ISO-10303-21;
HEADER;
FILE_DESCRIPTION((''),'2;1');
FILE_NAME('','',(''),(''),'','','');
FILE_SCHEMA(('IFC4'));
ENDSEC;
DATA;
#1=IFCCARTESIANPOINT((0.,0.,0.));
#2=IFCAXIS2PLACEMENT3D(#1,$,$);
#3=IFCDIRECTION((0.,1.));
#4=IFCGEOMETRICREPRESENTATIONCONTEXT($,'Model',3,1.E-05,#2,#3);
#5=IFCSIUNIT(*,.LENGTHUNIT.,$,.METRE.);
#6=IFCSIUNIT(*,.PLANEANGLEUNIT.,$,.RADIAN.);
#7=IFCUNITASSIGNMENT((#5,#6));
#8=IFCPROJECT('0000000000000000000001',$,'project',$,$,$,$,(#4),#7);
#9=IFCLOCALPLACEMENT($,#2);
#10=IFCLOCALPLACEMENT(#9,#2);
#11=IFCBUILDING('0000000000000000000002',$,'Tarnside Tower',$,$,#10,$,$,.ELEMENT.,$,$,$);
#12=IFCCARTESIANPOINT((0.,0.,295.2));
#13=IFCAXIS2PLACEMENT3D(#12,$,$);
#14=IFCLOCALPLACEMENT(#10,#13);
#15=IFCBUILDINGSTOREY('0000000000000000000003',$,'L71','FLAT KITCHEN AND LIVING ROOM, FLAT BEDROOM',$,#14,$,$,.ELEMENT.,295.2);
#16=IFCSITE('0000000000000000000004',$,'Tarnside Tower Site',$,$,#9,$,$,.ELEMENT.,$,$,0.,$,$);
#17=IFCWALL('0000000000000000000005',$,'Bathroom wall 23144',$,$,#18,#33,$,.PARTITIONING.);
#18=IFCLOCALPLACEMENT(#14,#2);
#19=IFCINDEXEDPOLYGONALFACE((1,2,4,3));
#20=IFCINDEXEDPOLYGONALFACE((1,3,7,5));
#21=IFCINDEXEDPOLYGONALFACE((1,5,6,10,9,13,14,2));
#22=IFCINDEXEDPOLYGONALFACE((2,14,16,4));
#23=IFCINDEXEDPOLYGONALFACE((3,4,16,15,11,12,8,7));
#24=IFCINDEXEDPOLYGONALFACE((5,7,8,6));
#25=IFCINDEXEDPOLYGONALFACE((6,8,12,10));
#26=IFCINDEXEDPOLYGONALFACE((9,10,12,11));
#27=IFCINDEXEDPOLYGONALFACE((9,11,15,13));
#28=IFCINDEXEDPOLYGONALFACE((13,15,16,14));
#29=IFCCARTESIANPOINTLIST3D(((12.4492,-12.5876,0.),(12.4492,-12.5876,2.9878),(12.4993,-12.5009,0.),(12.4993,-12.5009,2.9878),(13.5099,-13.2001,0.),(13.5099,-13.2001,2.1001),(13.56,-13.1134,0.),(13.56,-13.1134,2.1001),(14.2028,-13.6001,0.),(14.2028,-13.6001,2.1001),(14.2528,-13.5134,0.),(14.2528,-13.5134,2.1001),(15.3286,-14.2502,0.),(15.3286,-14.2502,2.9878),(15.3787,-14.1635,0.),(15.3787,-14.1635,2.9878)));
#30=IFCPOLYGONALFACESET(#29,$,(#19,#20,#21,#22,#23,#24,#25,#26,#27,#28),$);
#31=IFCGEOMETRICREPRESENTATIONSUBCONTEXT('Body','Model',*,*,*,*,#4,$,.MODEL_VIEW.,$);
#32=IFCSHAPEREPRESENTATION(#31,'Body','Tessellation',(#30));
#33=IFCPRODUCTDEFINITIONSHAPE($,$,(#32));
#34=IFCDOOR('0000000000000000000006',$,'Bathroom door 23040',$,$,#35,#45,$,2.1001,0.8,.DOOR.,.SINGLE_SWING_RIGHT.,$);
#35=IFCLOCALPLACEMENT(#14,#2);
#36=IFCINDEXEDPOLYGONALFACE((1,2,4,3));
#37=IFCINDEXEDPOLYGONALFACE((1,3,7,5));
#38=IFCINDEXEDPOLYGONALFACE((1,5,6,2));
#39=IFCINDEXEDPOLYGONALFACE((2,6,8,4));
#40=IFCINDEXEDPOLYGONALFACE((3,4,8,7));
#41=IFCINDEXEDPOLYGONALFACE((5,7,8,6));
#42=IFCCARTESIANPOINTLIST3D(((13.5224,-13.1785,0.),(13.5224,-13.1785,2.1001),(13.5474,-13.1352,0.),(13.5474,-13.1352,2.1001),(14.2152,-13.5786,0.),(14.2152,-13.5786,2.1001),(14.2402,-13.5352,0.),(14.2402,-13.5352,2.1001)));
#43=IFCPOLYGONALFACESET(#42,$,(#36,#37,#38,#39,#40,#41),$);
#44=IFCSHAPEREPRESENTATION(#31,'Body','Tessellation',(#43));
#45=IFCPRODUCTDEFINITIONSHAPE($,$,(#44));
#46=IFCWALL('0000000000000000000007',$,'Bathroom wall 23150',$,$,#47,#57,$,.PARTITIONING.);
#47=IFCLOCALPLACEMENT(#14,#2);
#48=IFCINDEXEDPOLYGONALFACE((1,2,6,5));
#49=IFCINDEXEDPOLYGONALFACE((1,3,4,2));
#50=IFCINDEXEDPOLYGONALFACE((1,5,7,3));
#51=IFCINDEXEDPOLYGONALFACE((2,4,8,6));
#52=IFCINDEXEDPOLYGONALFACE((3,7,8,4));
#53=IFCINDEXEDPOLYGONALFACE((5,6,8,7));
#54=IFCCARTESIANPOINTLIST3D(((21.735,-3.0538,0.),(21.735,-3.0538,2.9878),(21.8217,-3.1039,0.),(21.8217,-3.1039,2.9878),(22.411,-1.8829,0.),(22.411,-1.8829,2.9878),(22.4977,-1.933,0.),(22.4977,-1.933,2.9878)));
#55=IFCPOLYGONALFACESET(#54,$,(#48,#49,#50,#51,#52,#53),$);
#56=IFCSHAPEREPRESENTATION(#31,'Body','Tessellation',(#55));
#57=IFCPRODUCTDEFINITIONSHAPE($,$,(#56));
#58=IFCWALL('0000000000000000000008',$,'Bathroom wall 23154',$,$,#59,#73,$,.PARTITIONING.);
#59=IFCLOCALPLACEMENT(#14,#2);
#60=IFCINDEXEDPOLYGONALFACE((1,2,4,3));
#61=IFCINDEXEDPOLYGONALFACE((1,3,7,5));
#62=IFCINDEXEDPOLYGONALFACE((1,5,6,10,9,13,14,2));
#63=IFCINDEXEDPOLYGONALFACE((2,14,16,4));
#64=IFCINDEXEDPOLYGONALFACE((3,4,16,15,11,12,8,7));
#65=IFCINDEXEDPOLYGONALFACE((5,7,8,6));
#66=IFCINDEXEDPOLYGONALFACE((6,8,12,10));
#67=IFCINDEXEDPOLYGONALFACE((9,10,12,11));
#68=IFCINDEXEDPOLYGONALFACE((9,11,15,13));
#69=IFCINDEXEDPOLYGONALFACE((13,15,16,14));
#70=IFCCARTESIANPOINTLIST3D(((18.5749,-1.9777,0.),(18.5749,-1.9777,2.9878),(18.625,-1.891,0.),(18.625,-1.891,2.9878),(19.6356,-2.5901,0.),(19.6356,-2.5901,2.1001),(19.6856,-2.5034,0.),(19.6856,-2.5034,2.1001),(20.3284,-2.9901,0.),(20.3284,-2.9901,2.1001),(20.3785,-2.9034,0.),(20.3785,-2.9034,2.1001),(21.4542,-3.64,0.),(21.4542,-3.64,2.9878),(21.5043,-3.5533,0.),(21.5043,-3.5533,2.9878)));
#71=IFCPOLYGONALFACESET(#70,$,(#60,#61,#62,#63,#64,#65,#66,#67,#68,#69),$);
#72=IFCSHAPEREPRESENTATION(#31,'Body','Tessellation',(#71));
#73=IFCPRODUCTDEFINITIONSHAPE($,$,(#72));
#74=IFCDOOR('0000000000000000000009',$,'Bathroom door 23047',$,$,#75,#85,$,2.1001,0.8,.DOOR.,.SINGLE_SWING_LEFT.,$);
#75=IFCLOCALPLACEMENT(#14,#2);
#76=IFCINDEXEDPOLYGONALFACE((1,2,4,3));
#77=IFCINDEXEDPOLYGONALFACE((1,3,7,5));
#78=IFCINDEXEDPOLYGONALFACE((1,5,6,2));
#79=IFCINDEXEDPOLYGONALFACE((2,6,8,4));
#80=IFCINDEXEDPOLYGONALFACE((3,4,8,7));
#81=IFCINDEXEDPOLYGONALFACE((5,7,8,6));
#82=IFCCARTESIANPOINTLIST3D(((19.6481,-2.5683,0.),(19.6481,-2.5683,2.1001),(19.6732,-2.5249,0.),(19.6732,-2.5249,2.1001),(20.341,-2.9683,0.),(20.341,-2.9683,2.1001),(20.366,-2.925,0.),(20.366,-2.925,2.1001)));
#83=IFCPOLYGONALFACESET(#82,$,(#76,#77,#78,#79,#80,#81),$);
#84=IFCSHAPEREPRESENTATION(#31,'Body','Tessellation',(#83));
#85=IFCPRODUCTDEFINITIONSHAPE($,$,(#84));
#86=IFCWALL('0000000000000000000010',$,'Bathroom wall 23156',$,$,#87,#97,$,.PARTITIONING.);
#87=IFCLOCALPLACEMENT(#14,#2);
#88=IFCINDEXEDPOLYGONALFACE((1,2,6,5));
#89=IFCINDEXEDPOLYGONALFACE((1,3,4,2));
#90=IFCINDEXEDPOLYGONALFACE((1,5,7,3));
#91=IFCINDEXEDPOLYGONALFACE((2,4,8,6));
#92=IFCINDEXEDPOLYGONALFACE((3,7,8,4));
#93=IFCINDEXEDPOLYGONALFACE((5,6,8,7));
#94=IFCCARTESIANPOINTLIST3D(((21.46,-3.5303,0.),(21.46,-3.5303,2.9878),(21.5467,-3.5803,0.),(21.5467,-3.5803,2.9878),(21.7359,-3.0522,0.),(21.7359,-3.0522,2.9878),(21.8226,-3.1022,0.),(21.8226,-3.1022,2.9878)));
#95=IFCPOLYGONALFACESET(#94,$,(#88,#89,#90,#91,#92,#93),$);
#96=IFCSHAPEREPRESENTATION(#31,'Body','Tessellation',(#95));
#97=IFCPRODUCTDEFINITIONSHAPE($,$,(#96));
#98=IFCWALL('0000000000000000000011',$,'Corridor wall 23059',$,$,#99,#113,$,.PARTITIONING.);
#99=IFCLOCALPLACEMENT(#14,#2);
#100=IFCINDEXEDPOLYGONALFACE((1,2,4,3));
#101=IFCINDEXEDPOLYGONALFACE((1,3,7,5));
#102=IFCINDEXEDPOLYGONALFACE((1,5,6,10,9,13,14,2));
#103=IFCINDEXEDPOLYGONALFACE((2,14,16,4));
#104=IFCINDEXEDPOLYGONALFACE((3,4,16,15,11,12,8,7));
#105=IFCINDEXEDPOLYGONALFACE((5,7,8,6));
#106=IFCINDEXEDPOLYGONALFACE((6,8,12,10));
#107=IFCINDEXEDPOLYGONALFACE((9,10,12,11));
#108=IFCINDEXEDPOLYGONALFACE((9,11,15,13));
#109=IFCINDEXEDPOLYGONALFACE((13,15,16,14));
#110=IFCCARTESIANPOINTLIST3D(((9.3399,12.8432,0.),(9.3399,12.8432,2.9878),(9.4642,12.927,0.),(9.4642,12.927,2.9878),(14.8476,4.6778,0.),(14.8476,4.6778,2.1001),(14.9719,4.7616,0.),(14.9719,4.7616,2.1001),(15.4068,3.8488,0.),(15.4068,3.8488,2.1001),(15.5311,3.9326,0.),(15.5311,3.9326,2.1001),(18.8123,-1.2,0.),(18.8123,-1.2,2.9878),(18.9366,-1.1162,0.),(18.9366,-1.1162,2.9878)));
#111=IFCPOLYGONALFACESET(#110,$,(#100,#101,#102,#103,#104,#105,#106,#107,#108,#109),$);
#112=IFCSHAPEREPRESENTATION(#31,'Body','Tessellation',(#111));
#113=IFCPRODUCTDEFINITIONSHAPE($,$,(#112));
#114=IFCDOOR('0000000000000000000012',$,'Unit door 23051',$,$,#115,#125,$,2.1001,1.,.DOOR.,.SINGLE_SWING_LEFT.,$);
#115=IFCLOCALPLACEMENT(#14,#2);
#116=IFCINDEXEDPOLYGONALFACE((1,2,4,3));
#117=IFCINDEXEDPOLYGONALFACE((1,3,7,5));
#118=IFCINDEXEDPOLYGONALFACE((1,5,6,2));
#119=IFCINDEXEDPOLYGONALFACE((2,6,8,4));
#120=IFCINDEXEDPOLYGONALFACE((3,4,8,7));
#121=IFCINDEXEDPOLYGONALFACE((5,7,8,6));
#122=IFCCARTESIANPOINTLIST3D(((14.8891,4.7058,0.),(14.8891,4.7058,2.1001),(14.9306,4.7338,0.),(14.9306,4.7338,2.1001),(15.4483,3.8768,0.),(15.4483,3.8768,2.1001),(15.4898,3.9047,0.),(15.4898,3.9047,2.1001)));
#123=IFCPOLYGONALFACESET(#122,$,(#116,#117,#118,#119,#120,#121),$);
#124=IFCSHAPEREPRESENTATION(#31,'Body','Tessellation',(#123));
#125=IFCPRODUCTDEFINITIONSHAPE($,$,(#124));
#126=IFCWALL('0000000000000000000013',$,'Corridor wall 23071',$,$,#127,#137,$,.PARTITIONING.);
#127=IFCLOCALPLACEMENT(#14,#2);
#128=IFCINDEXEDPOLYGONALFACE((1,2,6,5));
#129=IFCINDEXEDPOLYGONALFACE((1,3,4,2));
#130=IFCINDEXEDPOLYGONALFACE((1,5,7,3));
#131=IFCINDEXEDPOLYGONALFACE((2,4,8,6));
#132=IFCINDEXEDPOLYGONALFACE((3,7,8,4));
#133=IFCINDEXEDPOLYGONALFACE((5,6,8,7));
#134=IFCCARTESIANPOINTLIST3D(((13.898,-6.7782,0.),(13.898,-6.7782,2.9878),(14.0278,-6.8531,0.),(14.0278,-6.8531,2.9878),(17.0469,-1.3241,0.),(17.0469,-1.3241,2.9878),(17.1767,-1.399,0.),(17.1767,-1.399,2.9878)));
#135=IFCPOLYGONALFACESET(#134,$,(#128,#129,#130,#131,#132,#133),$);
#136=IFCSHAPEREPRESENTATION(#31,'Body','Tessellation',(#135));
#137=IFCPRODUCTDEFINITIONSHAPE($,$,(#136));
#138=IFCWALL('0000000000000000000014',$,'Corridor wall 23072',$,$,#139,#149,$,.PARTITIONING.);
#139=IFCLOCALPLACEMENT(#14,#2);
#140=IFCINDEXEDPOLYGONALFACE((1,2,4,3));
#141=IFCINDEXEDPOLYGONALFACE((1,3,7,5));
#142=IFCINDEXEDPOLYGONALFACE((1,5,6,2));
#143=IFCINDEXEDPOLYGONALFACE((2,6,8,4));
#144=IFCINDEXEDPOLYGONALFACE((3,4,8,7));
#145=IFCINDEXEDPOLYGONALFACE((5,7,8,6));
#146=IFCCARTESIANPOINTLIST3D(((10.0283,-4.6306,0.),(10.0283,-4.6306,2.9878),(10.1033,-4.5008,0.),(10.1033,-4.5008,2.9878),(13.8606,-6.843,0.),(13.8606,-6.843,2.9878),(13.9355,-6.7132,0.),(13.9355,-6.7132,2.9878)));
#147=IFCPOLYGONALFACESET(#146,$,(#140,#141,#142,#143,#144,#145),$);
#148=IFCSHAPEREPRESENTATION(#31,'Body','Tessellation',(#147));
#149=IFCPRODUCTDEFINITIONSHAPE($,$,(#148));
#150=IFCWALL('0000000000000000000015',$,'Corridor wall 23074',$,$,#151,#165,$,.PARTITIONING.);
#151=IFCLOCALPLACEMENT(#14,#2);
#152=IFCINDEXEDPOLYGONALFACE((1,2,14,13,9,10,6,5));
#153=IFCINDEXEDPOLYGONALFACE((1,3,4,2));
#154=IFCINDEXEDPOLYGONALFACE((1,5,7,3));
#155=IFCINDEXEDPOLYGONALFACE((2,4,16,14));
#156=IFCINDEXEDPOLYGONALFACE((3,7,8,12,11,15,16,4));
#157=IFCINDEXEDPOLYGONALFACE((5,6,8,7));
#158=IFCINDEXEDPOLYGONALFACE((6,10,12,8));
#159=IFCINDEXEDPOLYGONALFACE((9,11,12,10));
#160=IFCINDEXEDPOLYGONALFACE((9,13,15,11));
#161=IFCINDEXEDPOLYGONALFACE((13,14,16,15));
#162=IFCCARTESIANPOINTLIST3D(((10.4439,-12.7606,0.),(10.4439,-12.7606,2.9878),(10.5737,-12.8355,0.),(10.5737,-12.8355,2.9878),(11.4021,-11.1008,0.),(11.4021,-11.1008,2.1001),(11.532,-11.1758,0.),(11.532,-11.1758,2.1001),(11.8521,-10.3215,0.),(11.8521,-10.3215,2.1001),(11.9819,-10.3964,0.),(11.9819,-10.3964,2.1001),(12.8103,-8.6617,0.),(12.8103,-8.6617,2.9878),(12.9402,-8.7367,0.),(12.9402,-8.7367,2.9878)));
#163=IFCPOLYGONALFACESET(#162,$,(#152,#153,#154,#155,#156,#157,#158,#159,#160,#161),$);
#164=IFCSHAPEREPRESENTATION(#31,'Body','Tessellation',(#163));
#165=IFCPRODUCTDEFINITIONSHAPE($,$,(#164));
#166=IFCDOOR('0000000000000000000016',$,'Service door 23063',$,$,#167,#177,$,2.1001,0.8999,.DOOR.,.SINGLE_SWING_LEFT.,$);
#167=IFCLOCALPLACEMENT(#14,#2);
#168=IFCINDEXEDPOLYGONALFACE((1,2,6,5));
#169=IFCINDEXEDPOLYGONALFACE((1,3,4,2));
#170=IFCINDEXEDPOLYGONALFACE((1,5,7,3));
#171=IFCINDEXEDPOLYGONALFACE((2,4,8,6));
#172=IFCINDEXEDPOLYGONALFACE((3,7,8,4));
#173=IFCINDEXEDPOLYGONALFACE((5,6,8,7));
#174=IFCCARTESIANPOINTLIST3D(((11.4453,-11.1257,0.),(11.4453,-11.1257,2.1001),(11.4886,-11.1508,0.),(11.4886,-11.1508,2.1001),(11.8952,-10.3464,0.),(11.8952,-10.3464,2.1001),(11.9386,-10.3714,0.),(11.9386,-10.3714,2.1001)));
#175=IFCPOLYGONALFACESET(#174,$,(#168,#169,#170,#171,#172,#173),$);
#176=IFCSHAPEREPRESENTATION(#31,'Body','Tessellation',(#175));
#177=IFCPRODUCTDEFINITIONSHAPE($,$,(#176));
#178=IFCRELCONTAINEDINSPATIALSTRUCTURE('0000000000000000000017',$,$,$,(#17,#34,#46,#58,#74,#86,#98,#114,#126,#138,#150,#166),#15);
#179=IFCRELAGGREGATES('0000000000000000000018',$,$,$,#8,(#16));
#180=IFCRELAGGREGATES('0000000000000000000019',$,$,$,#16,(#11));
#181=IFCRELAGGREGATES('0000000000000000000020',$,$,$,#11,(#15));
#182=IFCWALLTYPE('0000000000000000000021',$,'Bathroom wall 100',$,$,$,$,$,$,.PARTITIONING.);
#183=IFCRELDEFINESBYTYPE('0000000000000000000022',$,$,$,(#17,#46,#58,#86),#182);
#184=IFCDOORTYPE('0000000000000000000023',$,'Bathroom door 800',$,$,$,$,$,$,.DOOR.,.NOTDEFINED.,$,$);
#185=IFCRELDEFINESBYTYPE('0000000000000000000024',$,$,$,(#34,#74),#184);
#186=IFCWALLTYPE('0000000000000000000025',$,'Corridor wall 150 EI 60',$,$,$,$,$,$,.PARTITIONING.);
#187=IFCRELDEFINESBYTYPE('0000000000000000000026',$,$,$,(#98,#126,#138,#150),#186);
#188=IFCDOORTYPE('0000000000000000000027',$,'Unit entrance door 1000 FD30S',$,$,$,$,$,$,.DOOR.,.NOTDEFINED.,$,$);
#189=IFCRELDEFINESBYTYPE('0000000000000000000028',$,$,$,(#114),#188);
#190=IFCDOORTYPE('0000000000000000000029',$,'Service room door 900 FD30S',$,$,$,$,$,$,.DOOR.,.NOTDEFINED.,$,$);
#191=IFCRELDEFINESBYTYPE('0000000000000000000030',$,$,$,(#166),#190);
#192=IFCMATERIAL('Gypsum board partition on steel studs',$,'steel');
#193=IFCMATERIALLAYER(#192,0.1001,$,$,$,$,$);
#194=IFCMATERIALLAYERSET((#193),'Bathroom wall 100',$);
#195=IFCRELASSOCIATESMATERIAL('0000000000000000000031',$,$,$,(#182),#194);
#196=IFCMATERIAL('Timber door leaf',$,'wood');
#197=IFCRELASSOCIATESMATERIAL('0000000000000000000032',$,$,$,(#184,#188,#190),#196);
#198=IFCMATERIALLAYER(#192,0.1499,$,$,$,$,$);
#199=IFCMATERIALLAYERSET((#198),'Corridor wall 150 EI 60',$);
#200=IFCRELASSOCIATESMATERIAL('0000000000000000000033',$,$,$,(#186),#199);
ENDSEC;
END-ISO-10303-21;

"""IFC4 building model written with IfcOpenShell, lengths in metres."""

from ifc_helpers import new_model, si_unit, direction, frame, frame_2d, origin, place, context, subcontext, project, spatial, rectangle, extrude, material, layer, layer_set, type_object, element, fill, save


model = new_model("IFC4")

# Units and contexts
model_context = context("Model", 3, precision=1e-05, world=origin(), true_north=direction((0.0, 1.0)))
body_context = subcontext(model_context, "Body", "Model", "MODEL_VIEW")
ifc_project = project(units=[si_unit("LENGTHUNIT", "METRE"), si_unit("PLANEANGLEUNIT", "RADIAN")], contexts=[model_context])

# Site, building, storey
site_placement = place(None, origin())
site = spatial("IfcSite", under=ifc_project, at=site_placement, Name="Tarnside Tower Site", CompositionType="ELEMENT", RefElevation=0.0)
building_placement = place(site_placement, origin())
building = spatial("IfcBuilding", under=site, at=building_placement, Name="Tarnside Tower", CompositionType="ELEMENT")
storey_placement = place(building_placement, frame((0.0, 0.0, 295.2)))
storey = spatial("IfcBuildingStorey", under=building, at=storey_placement, Name="L71", Description="FLAT KITCHEN AND LIVING ROOM, FLAT BEDROOM", CompositionType="ELEMENT", Elevation=295.2)

# Wall, opening, door
ifc_material_1 = material(Name="Gypsum board partition on steel studs", Category="steel")
ifc_layer_1 = layer(ifc_material_1, 0.1001)
ifc_layer_set_1 = layer_set([ifc_layer_1], Name="Bathroom wall 100")
wall_type_1 = type_object("IfcWallType", Name="Bathroom wall 100", PredefinedType="PARTITIONING", material=ifc_layer_set_1)
wall_1_placement = place(storey_placement, frame((12.4741, -12.5442, 0.0), z_axis=(0.0, 0.0, 1.0), x_axis=(0.866002, -0.50004, 0.0)))
wall_1 = element("IfcWall", 1, at=wall_1_placement, inside=storey, type_object=wall_type_1, Name="Bathroom wall 23144", PredefinedType="PARTITIONING", context=body_context, shape_type="SweptSolid", body=[
    extrude(rectangle(XDim=3.325, YDim=0.1001, at=frame_2d((1.6626, 0.0))), origin(), (0.0, 0.0, 1.0), 2.9878),
])
opening_1_placement = place(wall_1_placement, frame((1.2251, 0.0, 0.0)))
opening_1 = element("IfcOpeningElement", 2, at=opening_1_placement, cuts=wall_1, PredefinedType="OPENING", context=body_context, shape_type="SweptSolid", body=[
    extrude(rectangle(XDim=0.8, YDim=2.1001, at=frame_2d((0.3999, 1.05))), frame((0.0, 0.0601, 0.0), z_axis=(0.0, -1.0, 0.0), x_axis=(1.0, 0.0, 0.0)), (0.0, 0.0, 1.0), 0.1201),
])
ifc_material_2 = material(Name="Timber door leaf", Category="wood")
door_type_1 = type_object("IfcDoorType", Name="Bathroom door 800", OperationType="NOTDEFINED", PredefinedType="DOOR", material=ifc_material_2)
door_1_placement = place(opening_1_placement, origin())
door_1 = element("IfcDoor", 3, at=door_1_placement, inside=storey, type_object=door_type_1, Name="Bathroom door 23040", OperationType="SINGLE_SWING_RIGHT", OverallHeight=2.1001, OverallWidth=0.8, PredefinedType="DOOR", context=body_context, shape_type="SweptSolid", body=[
    extrude(rectangle(XDim=0.8, YDim=2.1001, at=frame_2d((0.3999, 1.05))), frame((0.0, 0.0249, 0.0), z_axis=(0.0, -1.0, 0.0), x_axis=(1.0, 0.0, 0.0)), (0.0, 0.0, 1.0), 0.05),
])
fill(opening_1, door_1)

# Wall
wall_2_placement = place(storey_placement, frame((22.4543, -1.908, 0.0), z_axis=(0.0, 0.0, 1.0), x_axis=(-0.500004, -0.866023, 0.0)))
element("IfcWall", 4, at=wall_2_placement, inside=storey, type_object=wall_type_1, Name="Bathroom wall 23150", PredefinedType="PARTITIONING", context=body_context, shape_type="SweptSolid", body=[
    extrude(rectangle(XDim=1.3521, YDim=0.1001, at=frame_2d((0.676, 0.0))), origin(), (0.0, 0.0, 1.0), 2.9878),
])

# Wall, opening, door
wall_3_placement = place(storey_placement, frame((21.4792, -3.5967, 0.0), z_axis=(0.0, 0.0, 1.0), x_axis=(-0.866034, 0.499985, 0.0)))
wall_3 = element("IfcWall", 5, at=wall_3_placement, inside=storey, type_object=wall_type_1, Name="Bathroom wall 23154", PredefinedType="PARTITIONING", context=body_context, shape_type="SweptSolid", body=[
    extrude(rectangle(XDim=3.3247, YDim=0.1001, at=frame_2d((1.6624, 0.0))), origin(), (0.0, 0.0, 1.0), 2.9878),
])
opening_2_placement = place(wall_3_placement, frame((1.3, 0.0, 0.0)))
opening_2 = element("IfcOpeningElement", 6, at=opening_2_placement, cuts=wall_3, PredefinedType="OPENING", context=body_context, shape_type="SweptSolid", body=[
    extrude(rectangle(XDim=0.8, YDim=2.1001, at=frame_2d((0.3999, 1.05))), frame((0.0, 0.0601, 0.0), z_axis=(0.0, -1.0, 0.0), x_axis=(1.0, 0.0, 0.0)), (0.0, 0.0, 1.0), 0.1201),
])
door_2_placement = place(opening_2_placement, origin())
door_2 = element("IfcDoor", 7, at=door_2_placement, inside=storey, type_object=door_type_1, Name="Bathroom door 23047", OperationType="SINGLE_SWING_LEFT", OverallHeight=2.1001, OverallWidth=0.8, PredefinedType="DOOR", context=body_context, shape_type="SweptSolid", body=[
    extrude(rectangle(XDim=0.8, YDim=2.1001, at=frame_2d((0.3999, 1.05))), frame((0.0, 0.0249, 0.0), z_axis=(0.0, -1.0, 0.0), x_axis=(1.0, 0.0, 0.0)), (0.0, 0.0, 1.0), 0.05),
])
fill(opening_2, door_2)

# Wall
wall_4_placement = place(storey_placement, frame((21.5034, -3.5552, 0.0), z_axis=(0.0, 0.0, 1.0), x_axis=(0.49985, 0.866112, 0.0)))
element("IfcWall", 8, at=wall_4_placement, inside=storey, type_object=wall_type_1, Name="Bathroom wall 23156", PredefinedType="PARTITIONING", context=body_context, shape_type="SweptSolid", body=[
    extrude(rectangle(XDim=0.552, YDim=0.1001, at=frame_2d((0.2759, 0.0))), origin(), (0.0, 0.0, 1.0), 2.9878),
])

# Wall, opening, door
ifc_layer_2 = layer(ifc_material_1, 0.1499)
ifc_layer_set_2 = layer_set([ifc_layer_2], Name="Corridor wall 150 EI 60")
wall_type_2 = type_object("IfcWallType", Name="Corridor wall 150 EI 60", PredefinedType="PARTITIONING", material=ifc_layer_set_2)
wall_5_placement = place(storey_placement, frame((18.8745, -1.1582, 0.0), z_axis=(0.0, 0.0, 1.0), x_axis=(-0.559199, 0.829034, 0.0)))
wall_5 = element("IfcWall", 9, at=wall_5_placement, inside=storey, type_object=wall_type_2, Name="Corridor wall 23059", PredefinedType="PARTITIONING", context=body_context, shape_type="SweptSolid", body=[
    extrude(rectangle(XDim=16.9392, YDim=0.1499, at=frame_2d((8.4697, 0.0))), origin(), (0.0, 0.0, 1.0), 2.9878),
])
opening_3_placement = place(wall_5_placement, frame((6.0901, 0.0, 0.0)))
opening_3 = element("IfcOpeningElement", 10, at=opening_3_placement, cuts=wall_5, PredefinedType="OPENING", context=body_context, shape_type="SweptSolid", body=[
    extrude(rectangle(XDim=1.0, YDim=2.1001, at=frame_2d((0.5, 1.05))), frame((0.0, 0.085, 0.0), z_axis=(0.0, -1.0, 0.0), x_axis=(1.0, 0.0, 0.0)), (0.0, 0.0, 1.0), 0.1699),
])
door_type_2 = type_object("IfcDoorType", Name="Unit entrance door 1000 FD30S", OperationType="NOTDEFINED", PredefinedType="DOOR", material=ifc_material_2)
door_3_placement = place(opening_3_placement, origin())
door_3 = element("IfcDoor", 11, at=door_3_placement, inside=storey, type_object=door_type_2, Name="Unit door 23051", OperationType="SINGLE_SWING_LEFT", OverallHeight=2.1001, OverallWidth=1.0, PredefinedType="DOOR", context=body_context, shape_type="SweptSolid", body=[
    extrude(rectangle(XDim=1.0, YDim=2.1001, at=frame_2d((0.5, 1.05))), frame((0.0, 0.0249, 0.0), z_axis=(0.0, -1.0, 0.0), x_axis=(1.0, 0.0, 0.0)), (0.0, 0.0, 1.0), 0.05),
])
fill(opening_3, door_3)

# Walls
wall_6_placement = place(storey_placement, frame((17.1118, -1.3616, 0.0), z_axis=(0.0, 0.0, 1.0), x_axis=(-0.5, -0.866025, 0.0)))
element("IfcWall", 12, at=wall_6_placement, inside=storey, type_object=wall_type_2, Name="Corridor wall 23071", PredefinedType="PARTITIONING", context=body_context, shape_type="SweptSolid", body=[
    extrude(rectangle(XDim=6.2979, YDim=0.1499, at=frame_2d((3.1489, 0.0))), origin(), (0.0, 0.0, 1.0), 2.9878),
])
wall_7_placement = place(storey_placement, frame((13.8979, -6.7781, 0.0), z_axis=(0.0, 0.0, 1.0), x_axis=(-0.866041, 0.499972, 0.0)))
element("IfcWall", 13, at=wall_7_placement, inside=storey, type_object=wall_type_2, Name="Corridor wall 23072", PredefinedType="PARTITIONING", context=body_context, shape_type="SweptSolid", body=[
    extrude(rectangle(XDim=4.425, YDim=0.1499, at=frame_2d((2.2124, 0.0))), origin(), (0.0, 0.0, 1.0), 2.9878),
])

# Wall, opening, door
wall_8_placement = place(storey_placement, frame((12.8752, -8.6992, 0.0), z_axis=(0.0, 0.0, 1.0), x_axis=(-0.499995, -0.866028, 0.0)))
wall_8 = element("IfcWall", 14, at=wall_8_placement, inside=storey, type_object=wall_type_2, Name="Corridor wall 23074", PredefinedType="PARTITIONING", context=body_context, shape_type="SweptSolid", body=[
    extrude(rectangle(XDim=4.7329, YDim=0.1499, at=frame_2d((2.3665, 0.0))), origin(), (0.0, 0.0, 1.0), 2.9878),
])
opening_4_placement = place(wall_8_placement, frame((1.9165, 0.0, 0.0)))
opening_4 = element("IfcOpeningElement", 15, at=opening_4_placement, cuts=wall_8, PredefinedType="OPENING", context=body_context, shape_type="SweptSolid", body=[
    extrude(rectangle(XDim=0.8999, YDim=2.1001, at=frame_2d((0.45, 1.05))), frame((0.0, 0.085, 0.0), z_axis=(0.0, -1.0, 0.0), x_axis=(1.0, 0.0, 0.0)), (0.0, 0.0, 1.0), 0.1699),
])
door_type_3 = type_object("IfcDoorType", Name="Service room door 900 FD30S", OperationType="NOTDEFINED", PredefinedType="DOOR", material=ifc_material_2)
door_4_placement = place(opening_4_placement, origin())
door_4 = element("IfcDoor", 16, at=door_4_placement, inside=storey, type_object=door_type_3, Name="Service door 23063", OperationType="SINGLE_SWING_LEFT", OverallHeight=2.1001, OverallWidth=0.8999, PredefinedType="DOOR", context=body_context, shape_type="SweptSolid", body=[
    extrude(rectangle(XDim=0.8999, YDim=2.1001, at=frame_2d((0.45, 1.05))), frame((0.0, 0.0249, 0.0), z_axis=(0.0, -1.0, 0.0), x_axis=(1.0, 0.0, 0.0)), (0.0, 0.0, 1.0), 0.05),
])
fill(opening_4, door_4)

save(model, "model.ifc")
